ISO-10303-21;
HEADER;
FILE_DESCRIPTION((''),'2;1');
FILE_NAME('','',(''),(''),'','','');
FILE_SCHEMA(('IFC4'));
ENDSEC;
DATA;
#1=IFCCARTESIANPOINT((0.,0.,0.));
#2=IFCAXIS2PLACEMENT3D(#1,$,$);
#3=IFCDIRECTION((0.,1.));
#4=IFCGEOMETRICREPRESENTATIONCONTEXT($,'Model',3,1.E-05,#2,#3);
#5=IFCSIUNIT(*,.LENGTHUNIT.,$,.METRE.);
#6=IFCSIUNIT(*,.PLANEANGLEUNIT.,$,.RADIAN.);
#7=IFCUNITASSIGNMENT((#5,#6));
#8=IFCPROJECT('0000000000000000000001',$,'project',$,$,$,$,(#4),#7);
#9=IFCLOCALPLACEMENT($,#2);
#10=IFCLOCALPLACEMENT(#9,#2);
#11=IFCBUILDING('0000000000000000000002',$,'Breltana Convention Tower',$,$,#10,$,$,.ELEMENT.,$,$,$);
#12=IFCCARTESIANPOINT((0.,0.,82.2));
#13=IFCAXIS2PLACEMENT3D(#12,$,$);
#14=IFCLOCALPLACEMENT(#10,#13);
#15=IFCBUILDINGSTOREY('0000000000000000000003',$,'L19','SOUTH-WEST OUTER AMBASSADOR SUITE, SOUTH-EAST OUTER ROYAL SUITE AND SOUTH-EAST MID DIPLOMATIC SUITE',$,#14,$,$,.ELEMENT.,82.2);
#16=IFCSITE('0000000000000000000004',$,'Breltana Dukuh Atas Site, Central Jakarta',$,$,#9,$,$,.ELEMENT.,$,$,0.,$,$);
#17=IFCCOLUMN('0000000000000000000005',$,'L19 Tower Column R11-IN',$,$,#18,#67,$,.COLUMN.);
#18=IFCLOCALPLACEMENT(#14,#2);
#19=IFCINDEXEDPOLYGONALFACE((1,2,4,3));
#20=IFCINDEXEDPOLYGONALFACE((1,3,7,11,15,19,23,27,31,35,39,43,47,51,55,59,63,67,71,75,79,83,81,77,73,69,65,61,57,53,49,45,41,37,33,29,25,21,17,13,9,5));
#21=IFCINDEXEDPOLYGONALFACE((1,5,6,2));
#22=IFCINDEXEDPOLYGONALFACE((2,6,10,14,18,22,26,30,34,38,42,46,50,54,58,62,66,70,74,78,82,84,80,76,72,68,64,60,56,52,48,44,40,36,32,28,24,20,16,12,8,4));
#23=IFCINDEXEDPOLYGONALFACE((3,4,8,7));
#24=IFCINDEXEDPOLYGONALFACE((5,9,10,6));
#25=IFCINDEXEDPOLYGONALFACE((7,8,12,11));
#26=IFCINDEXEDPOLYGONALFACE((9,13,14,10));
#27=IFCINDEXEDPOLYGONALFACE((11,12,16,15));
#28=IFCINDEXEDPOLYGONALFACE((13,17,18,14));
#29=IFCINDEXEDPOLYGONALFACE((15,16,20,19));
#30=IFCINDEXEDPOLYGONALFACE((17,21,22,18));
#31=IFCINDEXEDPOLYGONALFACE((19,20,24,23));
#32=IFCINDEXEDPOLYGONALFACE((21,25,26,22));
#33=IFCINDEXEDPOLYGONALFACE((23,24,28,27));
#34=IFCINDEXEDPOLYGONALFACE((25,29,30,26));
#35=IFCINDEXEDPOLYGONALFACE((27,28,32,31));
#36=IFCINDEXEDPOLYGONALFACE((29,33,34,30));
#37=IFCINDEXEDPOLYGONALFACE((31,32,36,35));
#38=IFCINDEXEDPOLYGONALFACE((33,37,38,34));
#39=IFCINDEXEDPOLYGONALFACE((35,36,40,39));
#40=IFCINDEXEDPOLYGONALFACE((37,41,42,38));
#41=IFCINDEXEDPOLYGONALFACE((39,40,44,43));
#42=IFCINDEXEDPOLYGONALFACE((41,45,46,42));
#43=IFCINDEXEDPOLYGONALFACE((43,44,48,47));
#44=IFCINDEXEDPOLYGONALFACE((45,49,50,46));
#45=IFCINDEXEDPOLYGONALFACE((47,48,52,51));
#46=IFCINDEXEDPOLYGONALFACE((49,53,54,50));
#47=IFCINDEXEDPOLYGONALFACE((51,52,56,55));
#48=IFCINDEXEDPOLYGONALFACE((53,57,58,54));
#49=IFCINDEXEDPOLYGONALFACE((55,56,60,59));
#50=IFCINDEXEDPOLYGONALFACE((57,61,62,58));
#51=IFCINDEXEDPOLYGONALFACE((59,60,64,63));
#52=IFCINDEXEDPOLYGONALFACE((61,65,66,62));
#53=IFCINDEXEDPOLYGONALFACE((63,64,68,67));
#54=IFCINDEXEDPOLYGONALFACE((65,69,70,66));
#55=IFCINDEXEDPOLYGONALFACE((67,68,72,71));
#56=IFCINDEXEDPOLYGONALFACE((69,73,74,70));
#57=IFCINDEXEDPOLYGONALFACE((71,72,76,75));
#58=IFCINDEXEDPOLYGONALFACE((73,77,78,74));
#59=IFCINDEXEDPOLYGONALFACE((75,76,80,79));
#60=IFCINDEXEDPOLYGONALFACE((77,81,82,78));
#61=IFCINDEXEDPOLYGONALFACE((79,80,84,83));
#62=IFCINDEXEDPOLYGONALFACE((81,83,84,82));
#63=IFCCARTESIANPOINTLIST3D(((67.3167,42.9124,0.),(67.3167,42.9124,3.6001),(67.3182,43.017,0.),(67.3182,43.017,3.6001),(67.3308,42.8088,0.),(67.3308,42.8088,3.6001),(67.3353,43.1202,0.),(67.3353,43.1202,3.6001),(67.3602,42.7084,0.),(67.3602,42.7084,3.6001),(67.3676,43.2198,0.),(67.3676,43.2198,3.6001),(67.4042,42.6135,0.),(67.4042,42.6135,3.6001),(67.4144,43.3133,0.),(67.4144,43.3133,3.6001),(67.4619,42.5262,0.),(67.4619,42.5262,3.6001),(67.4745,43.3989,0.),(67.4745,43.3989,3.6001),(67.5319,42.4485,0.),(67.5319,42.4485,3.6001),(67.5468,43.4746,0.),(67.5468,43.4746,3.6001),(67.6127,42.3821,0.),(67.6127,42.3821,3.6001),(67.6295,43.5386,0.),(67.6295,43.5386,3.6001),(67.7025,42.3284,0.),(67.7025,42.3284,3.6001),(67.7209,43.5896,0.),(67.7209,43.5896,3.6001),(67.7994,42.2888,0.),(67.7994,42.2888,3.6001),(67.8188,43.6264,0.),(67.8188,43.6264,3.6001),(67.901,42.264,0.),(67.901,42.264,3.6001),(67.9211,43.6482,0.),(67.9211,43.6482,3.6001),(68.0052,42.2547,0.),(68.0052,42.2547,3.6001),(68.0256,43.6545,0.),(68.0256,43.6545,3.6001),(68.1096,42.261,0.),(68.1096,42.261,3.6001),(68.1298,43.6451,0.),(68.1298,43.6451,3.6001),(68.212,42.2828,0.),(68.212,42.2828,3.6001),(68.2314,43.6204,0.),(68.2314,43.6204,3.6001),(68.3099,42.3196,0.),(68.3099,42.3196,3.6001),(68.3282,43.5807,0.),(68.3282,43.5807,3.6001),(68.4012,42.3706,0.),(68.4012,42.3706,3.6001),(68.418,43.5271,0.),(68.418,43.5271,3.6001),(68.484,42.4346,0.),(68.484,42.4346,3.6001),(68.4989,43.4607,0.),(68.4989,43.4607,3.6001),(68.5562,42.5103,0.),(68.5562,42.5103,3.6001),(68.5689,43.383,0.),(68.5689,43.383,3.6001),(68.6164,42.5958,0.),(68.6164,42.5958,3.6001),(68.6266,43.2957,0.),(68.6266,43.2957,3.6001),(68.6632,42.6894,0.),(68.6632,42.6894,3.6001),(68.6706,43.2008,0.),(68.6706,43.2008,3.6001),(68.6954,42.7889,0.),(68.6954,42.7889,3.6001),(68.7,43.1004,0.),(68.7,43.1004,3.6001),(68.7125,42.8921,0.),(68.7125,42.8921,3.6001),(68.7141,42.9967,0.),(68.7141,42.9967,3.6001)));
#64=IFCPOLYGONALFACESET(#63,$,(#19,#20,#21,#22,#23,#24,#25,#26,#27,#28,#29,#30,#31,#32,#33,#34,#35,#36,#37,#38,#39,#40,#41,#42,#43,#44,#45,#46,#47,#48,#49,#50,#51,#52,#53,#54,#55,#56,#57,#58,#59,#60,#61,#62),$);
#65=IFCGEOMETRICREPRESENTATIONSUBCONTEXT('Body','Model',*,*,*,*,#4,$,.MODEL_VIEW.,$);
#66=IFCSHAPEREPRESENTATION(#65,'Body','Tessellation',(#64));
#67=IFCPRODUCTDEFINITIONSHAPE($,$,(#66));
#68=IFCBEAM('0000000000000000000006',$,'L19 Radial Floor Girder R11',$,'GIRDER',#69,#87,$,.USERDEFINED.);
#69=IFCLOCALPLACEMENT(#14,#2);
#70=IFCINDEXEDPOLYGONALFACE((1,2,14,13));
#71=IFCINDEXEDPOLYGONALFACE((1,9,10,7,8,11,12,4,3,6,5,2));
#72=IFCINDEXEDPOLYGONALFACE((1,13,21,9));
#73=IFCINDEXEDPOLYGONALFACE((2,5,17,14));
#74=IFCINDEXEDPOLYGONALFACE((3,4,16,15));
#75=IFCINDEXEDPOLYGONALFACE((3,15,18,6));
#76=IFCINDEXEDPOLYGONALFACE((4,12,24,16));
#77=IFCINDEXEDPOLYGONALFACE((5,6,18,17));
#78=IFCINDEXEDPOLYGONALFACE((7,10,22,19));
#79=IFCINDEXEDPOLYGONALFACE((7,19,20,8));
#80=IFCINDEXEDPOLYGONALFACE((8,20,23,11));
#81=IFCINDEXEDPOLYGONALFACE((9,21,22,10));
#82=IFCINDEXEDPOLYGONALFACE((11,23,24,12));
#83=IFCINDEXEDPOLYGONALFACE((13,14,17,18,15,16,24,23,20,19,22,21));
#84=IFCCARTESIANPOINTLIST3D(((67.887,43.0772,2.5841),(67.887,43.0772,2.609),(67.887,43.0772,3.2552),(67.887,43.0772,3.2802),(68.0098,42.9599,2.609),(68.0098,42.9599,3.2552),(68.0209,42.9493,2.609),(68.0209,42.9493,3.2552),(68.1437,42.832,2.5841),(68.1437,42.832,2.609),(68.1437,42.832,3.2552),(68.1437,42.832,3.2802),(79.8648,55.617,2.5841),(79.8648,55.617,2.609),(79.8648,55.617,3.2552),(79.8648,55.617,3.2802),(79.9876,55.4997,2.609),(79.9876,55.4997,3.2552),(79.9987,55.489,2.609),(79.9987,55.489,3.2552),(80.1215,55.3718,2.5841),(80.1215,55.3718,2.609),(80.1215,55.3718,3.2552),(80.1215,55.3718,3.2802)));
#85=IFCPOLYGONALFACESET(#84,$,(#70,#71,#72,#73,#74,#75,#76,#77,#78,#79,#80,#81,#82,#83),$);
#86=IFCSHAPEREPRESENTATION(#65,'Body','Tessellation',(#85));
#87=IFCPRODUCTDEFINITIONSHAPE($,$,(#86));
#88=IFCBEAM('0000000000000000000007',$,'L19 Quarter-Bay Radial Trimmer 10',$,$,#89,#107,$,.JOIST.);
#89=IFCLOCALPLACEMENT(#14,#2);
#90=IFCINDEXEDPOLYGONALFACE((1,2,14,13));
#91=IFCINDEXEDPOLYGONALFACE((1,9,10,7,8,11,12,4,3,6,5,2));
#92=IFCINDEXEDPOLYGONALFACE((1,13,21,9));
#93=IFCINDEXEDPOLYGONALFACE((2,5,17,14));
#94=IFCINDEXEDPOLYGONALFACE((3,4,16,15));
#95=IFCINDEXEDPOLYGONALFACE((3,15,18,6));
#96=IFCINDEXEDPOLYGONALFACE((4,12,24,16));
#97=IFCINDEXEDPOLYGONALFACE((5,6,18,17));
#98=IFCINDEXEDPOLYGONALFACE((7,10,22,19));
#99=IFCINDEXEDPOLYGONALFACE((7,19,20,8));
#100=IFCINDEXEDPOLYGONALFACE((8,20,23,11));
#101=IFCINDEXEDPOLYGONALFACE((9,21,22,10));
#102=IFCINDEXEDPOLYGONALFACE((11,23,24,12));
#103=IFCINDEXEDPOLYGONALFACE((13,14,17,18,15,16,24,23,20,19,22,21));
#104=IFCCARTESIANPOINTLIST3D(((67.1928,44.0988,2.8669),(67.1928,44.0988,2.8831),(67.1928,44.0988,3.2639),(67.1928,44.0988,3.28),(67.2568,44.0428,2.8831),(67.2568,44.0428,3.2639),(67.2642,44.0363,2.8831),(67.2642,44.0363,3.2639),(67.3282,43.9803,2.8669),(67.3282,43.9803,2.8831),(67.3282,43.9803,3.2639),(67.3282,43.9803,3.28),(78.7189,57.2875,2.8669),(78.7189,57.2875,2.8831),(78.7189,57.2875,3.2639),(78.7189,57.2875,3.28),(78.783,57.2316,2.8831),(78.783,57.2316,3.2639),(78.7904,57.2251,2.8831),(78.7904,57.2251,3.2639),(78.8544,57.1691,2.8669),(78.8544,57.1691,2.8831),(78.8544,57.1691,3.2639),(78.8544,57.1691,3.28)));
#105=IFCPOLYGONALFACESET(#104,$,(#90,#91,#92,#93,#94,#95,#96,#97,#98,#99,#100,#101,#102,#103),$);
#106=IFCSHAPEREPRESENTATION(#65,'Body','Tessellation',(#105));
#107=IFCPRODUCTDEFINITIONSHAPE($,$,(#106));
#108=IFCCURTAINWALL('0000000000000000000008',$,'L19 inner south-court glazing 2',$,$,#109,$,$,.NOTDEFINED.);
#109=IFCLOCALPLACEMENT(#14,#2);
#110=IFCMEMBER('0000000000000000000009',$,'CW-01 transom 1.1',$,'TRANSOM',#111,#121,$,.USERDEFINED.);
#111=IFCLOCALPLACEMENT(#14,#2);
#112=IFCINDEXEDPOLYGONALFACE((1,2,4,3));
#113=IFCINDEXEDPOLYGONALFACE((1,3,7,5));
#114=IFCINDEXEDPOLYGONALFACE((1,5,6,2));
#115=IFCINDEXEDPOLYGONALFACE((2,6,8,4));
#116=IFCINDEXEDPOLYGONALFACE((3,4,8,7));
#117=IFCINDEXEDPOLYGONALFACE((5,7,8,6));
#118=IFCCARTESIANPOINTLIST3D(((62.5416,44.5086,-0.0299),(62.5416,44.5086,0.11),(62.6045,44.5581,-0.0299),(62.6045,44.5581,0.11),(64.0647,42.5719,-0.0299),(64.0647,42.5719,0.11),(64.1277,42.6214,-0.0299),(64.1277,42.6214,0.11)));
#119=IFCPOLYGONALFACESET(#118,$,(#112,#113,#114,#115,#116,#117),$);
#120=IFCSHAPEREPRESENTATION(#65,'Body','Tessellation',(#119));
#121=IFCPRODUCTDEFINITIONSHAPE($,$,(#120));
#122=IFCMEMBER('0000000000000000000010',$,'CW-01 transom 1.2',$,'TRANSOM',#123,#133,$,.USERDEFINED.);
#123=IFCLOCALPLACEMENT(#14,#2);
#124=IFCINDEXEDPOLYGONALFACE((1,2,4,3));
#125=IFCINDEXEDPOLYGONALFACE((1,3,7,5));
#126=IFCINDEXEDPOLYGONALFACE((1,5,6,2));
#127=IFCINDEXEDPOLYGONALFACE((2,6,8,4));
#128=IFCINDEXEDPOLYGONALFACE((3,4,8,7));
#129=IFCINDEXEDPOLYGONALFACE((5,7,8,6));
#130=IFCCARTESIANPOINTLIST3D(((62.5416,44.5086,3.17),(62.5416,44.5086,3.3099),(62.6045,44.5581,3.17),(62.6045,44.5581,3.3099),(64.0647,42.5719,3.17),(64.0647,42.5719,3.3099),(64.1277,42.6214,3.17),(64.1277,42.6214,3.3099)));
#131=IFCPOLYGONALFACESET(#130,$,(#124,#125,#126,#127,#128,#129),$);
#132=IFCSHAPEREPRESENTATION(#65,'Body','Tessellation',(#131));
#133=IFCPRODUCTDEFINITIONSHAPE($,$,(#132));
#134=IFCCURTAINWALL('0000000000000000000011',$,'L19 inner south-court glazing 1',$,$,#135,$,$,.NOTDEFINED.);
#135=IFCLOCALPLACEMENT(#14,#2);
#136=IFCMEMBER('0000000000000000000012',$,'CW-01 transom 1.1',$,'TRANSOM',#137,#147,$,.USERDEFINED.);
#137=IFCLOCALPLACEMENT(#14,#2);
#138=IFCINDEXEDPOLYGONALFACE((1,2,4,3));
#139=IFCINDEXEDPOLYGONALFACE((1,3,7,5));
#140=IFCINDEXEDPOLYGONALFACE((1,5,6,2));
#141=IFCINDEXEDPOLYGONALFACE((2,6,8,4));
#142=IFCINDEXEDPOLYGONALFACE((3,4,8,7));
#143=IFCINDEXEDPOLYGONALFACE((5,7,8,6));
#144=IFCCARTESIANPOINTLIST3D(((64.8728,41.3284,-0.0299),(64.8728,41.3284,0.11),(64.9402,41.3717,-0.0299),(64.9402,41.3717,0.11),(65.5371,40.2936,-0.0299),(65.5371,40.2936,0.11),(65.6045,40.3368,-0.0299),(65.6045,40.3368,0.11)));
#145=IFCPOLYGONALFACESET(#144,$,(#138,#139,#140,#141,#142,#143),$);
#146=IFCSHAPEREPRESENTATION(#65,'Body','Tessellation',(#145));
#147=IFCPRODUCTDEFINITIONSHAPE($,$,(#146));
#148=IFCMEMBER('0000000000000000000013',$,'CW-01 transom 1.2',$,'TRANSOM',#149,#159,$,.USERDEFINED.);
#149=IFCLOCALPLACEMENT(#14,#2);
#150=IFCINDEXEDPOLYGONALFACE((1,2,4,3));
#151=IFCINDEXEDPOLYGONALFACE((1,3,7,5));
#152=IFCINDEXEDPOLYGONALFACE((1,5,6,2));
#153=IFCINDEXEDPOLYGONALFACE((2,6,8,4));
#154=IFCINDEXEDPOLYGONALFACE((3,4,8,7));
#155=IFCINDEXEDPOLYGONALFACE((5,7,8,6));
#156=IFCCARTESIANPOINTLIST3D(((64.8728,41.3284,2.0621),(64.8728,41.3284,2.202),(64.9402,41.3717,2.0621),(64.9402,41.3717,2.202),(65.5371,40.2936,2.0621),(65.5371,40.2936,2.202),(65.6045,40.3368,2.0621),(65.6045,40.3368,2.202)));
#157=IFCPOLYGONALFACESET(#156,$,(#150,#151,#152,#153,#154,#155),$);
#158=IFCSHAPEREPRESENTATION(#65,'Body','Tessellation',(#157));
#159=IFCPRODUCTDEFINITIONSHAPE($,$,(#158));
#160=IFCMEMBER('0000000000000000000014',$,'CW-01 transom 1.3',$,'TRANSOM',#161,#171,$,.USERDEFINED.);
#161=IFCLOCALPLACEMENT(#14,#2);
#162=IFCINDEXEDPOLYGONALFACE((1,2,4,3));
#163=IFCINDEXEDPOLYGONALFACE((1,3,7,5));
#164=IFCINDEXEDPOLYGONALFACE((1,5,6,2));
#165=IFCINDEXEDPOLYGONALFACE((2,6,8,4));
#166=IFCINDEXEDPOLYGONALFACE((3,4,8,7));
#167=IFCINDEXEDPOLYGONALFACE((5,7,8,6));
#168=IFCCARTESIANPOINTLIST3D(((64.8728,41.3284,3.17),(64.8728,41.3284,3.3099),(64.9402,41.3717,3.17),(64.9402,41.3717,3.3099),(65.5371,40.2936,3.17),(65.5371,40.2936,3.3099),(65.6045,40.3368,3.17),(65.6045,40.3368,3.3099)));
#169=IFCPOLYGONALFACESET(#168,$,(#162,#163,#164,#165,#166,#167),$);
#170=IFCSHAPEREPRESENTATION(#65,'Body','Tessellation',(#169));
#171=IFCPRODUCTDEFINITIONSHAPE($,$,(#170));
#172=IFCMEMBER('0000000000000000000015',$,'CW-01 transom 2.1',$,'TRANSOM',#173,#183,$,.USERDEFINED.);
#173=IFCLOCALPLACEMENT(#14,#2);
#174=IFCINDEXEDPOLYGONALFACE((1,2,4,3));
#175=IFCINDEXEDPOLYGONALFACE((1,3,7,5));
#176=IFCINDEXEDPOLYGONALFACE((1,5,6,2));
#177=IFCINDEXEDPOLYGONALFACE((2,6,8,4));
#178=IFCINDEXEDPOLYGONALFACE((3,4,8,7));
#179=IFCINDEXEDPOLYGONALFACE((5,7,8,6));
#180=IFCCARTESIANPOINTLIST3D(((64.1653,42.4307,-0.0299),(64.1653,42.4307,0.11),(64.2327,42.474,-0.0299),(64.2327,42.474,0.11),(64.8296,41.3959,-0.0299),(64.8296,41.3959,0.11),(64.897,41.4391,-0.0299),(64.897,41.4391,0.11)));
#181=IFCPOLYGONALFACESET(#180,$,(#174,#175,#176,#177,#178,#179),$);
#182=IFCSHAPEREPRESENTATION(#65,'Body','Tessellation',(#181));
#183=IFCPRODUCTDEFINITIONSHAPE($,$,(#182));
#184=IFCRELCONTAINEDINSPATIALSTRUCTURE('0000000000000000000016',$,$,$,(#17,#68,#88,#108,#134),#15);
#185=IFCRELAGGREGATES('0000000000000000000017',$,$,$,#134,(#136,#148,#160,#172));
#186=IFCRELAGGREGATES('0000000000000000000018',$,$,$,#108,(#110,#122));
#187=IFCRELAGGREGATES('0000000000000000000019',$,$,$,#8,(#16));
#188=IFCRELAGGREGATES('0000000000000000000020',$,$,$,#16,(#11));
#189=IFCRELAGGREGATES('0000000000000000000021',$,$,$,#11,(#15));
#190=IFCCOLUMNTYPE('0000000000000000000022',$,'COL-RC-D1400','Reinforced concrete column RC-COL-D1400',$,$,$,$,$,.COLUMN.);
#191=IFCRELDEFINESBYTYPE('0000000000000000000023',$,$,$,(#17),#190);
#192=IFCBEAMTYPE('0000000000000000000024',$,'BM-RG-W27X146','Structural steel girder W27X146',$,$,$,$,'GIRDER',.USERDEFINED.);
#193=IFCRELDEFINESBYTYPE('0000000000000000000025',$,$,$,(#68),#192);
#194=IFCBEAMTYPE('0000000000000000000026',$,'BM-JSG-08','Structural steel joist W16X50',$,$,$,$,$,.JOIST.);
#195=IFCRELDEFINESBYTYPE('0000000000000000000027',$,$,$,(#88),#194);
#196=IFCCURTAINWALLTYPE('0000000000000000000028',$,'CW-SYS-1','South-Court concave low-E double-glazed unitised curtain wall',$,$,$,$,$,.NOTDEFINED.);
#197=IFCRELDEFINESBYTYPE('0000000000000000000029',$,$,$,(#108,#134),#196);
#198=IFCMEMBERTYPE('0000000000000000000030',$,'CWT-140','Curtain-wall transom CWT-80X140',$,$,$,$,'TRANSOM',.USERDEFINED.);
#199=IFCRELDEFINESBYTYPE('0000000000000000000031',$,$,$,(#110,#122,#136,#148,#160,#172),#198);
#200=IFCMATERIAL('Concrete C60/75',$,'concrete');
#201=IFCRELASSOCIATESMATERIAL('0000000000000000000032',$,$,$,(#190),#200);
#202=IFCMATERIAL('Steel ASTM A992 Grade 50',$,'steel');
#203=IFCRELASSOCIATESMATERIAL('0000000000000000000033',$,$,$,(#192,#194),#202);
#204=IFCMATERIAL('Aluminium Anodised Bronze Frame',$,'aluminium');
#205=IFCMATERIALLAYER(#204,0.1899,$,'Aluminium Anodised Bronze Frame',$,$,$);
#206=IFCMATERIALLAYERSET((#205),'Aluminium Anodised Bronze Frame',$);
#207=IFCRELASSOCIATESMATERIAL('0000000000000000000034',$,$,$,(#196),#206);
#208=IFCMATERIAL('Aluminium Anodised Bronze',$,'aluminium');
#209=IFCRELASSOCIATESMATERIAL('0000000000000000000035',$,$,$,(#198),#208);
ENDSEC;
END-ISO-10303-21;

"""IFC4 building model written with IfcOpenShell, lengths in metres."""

from ifc_helpers import new_model, si_unit, direction, frame, origin, origin_2d, place, context, subcontext, project, spatial, rectangle, circle, i_section, extrude, source, transform, mapped, material, layer, layer_set, material_profile, profile_set, type_object, type_shapes, element, aggregate, save


model = new_model("IFC4")

# Units and contexts
model_context = context("Model", 3, precision=1e-05, world=origin(), true_north=direction((0.0, 1.0)))
body_context = subcontext(model_context, "Body", "Model", "MODEL_VIEW")
ifc_project = project(units=[si_unit("LENGTHUNIT", "METRE"), si_unit("PLANEANGLEUNIT", "RADIAN")], contexts=[model_context])

# Site, building, storey
site_placement = place(None, origin())
site = spatial("IfcSite", under=ifc_project, at=site_placement, Name="Breltana Dukuh Atas Site, Central Jakarta", CompositionType="ELEMENT", RefElevation=0.0)
building_placement = place(site_placement, origin())
building = spatial("IfcBuilding", under=site, at=building_placement, Name="Breltana Convention Tower", CompositionType="ELEMENT")
storey_placement = place(building_placement, frame((0.0, 0.0, 82.2)))
storey = spatial("IfcBuildingStorey", under=building, at=storey_placement, Name="L19", Description="SOUTH-WEST OUTER AMBASSADOR SUITE, SOUTH-EAST OUTER ROYAL SUITE AND SOUTH-EAST MID DIPLOMATIC SUITE", CompositionType="ELEMENT", Elevation=82.2)

# Column
ifc_material_1 = material(Name="Concrete C60/75", Category="concrete")
ifc_material_profile_1 = material_profile(ifc_material_1, circle(Radius=0.7, at=origin_2d()), Name="RC-COL-D1400")
ifc_profile_set_1 = profile_set([ifc_material_profile_1], Name="Concrete C60/75")
column_type = type_object("IfcColumnType", Name="COL-RC-D1400", Description="Reinforced concrete column RC-COL-D1400", PredefinedType="COLUMN", material=ifc_profile_set_1)
shared_shape_1 = source(origin(), body_context, "Body", "SweptSolid", [
    extrude(circle(Radius=0.7, at=origin_2d()), origin(), (0.0, 0.0, 1.0), 3.6001),
])
column_placement = place(storey_placement, frame((68.0154, 42.9546, 0.0), z_axis=(0.0, 0.0, 1.0), x_axis=(0.690756, 0.723088, 0.0)))
element("IfcColumn", 1, at=column_placement, inside=storey, type_object=column_type, Name="L19 Tower Column R11-IN", PredefinedType="COLUMN", context=body_context, shape_type="MappedRepresentation", body=[
    mapped(shared_shape_1, transform((0.0, 0.0, 0.0), scale=1.0)),
])

# Beams
ifc_material_2 = material(Name="Steel ASTM A992 Grade 50", Category="steel")
ifc_material_profile_2 = material_profile(ifc_material_2, i_section(OverallWidth=0.355, OverallDepth=0.696, WebThickness=0.0154, FlangeThickness=0.0249, at=origin_2d()), Name="W27X146")
ifc_profile_set_2 = profile_set([ifc_material_profile_2], Name="Steel ASTM A992 Grade 50")
beam_type_1 = type_object("IfcBeamType", Name="BM-RG-W27X146", Description="Structural steel girder W27X146", ElementType="GIRDER", PredefinedType="USERDEFINED", material=ifc_profile_set_2)
shared_shape_2 = source(origin(), body_context, "Body", "SweptSolid", [
    extrude(i_section(OverallWidth=0.355, OverallDepth=0.696, WebThickness=0.0154, FlangeThickness=0.0249, at=origin_2d()), origin(), (0.0, 0.0, 1.0), 17.3411),
])
type_shapes(beam_type_1, [shared_shape_2])
beam_1_placement = place(storey_placement, frame((68.0154, 42.9546, 2.9321), z_axis=(0.690716, 0.723126, 0.0), x_axis=(-0.723126, 0.690716, 0.0)))
element("IfcBeam", 2, at=beam_1_placement, inside=storey, type_object=beam_type_1, Name="L19 Radial Floor Girder R11", ObjectType="GIRDER", PredefinedType="USERDEFINED", context=body_context, shape_type="MappedRepresentation", body=[
    mapped(shared_shape_2, transform((0.0, 0.0, 0.0), scale=1.0)),
])
ifc_material_profile_3 = material_profile(ifc_material_2, i_section(OverallWidth=0.1799, OverallDepth=0.4131, WebThickness=0.0098, FlangeThickness=0.0161, at=origin_2d()), Name="W16X50")
ifc_profile_set_3 = profile_set([ifc_material_profile_3], Name="Steel ASTM A992 Grade 50")
beam_type_2 = type_object("IfcBeamType", Name="BM-JSG-08", Description="Structural steel joist W16X50", PredefinedType="JOIST", material=ifc_profile_set_3)
shared_shape_3 = source(origin(), body_context, "Body", "SweptSolid", [
    extrude(i_section(OverallWidth=0.1799, OverallDepth=0.4131, WebThickness=0.0098, FlangeThickness=0.0161, at=origin_2d()), origin(), (0.0, 0.0, 1.0), 17.5156),
])
beam_2_placement = place(storey_placement, frame((67.2605, 44.0396, 3.0735), z_axis=(0.658052, 0.752973, 0.0), x_axis=(-0.752973, 0.658052, 0.0)))
element("IfcBeam", 3, at=beam_2_placement, inside=storey, type_object=beam_type_2, Name="L19 Quarter-Bay Radial Trimmer 10", PredefinedType="JOIST", context=body_context, shape_type="MappedRepresentation", body=[
    mapped(shared_shape_3, transform((0.0, 0.0, 0.0), scale=1.0)),
])

# Curtain walls, members
ifc_material_3 = material(Name="Aluminium Anodised Bronze Frame", Category="aluminium")
ifc_layer_1 = layer(ifc_material_3, 0.1899, Name="Aluminium Anodised Bronze Frame")
ifc_layer_set_1 = layer_set([ifc_layer_1], Name="Aluminium Anodised Bronze Frame")
curtain_wall_type = type_object("IfcCurtainWallType", Name="CW-SYS-1", Description="South-Court concave low-E double-glazed unitised curtain wall", PredefinedType="NOTDEFINED", material=ifc_layer_set_1)
curtain_wall_1_placement = place(storey_placement, origin())
curtain_wall_1 = element("IfcCurtainWall", 4, at=curtain_wall_1_placement, inside=storey, type_object=curtain_wall_type, Name="L19 inner south-court glazing 2", PredefinedType="NOTDEFINED")
ifc_material_4 = material(Name="Aluminium Anodised Bronze", Category="aluminium")
ifc_material_profile_4 = material_profile(ifc_material_4, rectangle(XDim=0.0801, YDim=0.1399, at=origin_2d()), Name="CWT-80X140")
ifc_profile_set_4 = profile_set([ifc_material_profile_4], Name="Aluminium Anodised Bronze")
member_type_1 = type_object("IfcMemberType", Name="CWT-140", Description="Curtain-wall transom CWT-80X140", ElementType="TRANSOM", PredefinedType="USERDEFINED", material=ifc_profile_set_4)
shared_shape_4 = source(origin(), body_context, "Body", "SweptSolid", [
    extrude(rectangle(XDim=0.0801, YDim=0.1399, at=origin_2d()), origin(), (0.0, 0.0, 1.0), 2.4639),
])
member_1_placement = place(storey_placement, frame((64.0962, 42.5967, 0.04), z_axis=(-0.618185, 0.786033, 0.0), x_axis=(-0.786033, -0.618185, 0.0)))
member_1 = element("IfcMember", 5, at=member_1_placement, type_object=member_type_1, Name="CW-01 transom 1.1", ObjectType="TRANSOM", PredefinedType="USERDEFINED", context=body_context, shape_type="MappedRepresentation", body=[
    mapped(shared_shape_4, transform((0.0, 0.0, 0.0), scale=1.0)),
])
member_2_placement = place(storey_placement, frame((64.0962, 42.5967, 3.24), z_axis=(-0.618185, 0.786033, 0.0), x_axis=(-0.786033, -0.618185, 0.0)))
member_2 = element("IfcMember", 6, at=member_2_placement, type_object=member_type_1, Name="CW-01 transom 1.2", ObjectType="TRANSOM", PredefinedType="USERDEFINED", context=body_context, shape_type="MappedRepresentation", body=[
    mapped(shared_shape_4, transform((0.0, 0.0, 0.0), scale=1.0)),
])
curtain_wall_2_placement = place(storey_placement, origin())
curtain_wall_2 = element("IfcCurtainWall", 7, at=curtain_wall_2_placement, inside=storey, type_object=curtain_wall_type, Name="L19 inner south-court glazing 1", PredefinedType="NOTDEFINED")
shared_shape_5 = source(origin(), body_context, "Body", "SweptSolid", [
    extrude(rectangle(XDim=0.0801, YDim=0.1399, at=origin_2d()), origin(), (0.0, 0.0, 1.0), 1.2297),
])
member_3_placement = place(storey_placement, frame((65.5708, 40.3152, 0.04), z_axis=(-0.540186, 0.841546, 0.0), x_axis=(-0.841546, -0.540186, 0.0)))
member_3 = element("IfcMember", 8, at=member_3_placement, type_object=member_type_1, Name="CW-01 transom 1.1", ObjectType="TRANSOM", PredefinedType="USERDEFINED", context=body_context, shape_type="MappedRepresentation", body=[
    mapped(shared_shape_5, transform((0.0, 0.0, 0.0), scale=1.0)),
])
member_4_placement = place(storey_placement, frame((65.5708, 40.3152, 2.1321), z_axis=(-0.540186, 0.841546, 0.0), x_axis=(-0.841546, -0.540186, 0.0)))
member_4 = element("IfcMember", 9, at=member_4_placement, type_object=member_type_1, Name="CW-01 transom 1.2", ObjectType="TRANSOM", PredefinedType="USERDEFINED", context=body_context, shape_type="MappedRepresentation", body=[
    mapped(shared_shape_5, transform((0.0, 0.0, 0.0), scale=1.0)),
])
member_5_placement = place(storey_placement, frame((65.5708, 40.3152, 3.24), z_axis=(-0.540186, 0.841546, 0.0), x_axis=(-0.841546, -0.540186, 0.0)))
member_5 = element("IfcMember", 10, at=member_5_placement, type_object=member_type_1, Name="CW-01 transom 1.3", ObjectType="TRANSOM", PredefinedType="USERDEFINED", context=body_context, shape_type="MappedRepresentation", body=[
    mapped(shared_shape_5, transform((0.0, 0.0, 0.0), scale=1.0)),
])
member_6_placement = place(storey_placement, frame((64.8633, 41.4175, 0.04), z_axis=(-0.540186, 0.841546, 0.0), x_axis=(-0.841546, -0.540186, 0.0)))
member_6 = element("IfcMember", 11, at=member_6_placement, type_object=member_type_1, Name="CW-01 transom 2.1", ObjectType="TRANSOM", PredefinedType="USERDEFINED", context=body_context, shape_type="MappedRepresentation", body=[
    mapped(shared_shape_5, transform((0.0, 0.0, 0.0), scale=1.0)),
])

aggregate(curtain_wall_2, [member_3, member_4, member_5, member_6])
aggregate(curtain_wall_1, [member_1, member_2])

save(model, "model.ifc")
